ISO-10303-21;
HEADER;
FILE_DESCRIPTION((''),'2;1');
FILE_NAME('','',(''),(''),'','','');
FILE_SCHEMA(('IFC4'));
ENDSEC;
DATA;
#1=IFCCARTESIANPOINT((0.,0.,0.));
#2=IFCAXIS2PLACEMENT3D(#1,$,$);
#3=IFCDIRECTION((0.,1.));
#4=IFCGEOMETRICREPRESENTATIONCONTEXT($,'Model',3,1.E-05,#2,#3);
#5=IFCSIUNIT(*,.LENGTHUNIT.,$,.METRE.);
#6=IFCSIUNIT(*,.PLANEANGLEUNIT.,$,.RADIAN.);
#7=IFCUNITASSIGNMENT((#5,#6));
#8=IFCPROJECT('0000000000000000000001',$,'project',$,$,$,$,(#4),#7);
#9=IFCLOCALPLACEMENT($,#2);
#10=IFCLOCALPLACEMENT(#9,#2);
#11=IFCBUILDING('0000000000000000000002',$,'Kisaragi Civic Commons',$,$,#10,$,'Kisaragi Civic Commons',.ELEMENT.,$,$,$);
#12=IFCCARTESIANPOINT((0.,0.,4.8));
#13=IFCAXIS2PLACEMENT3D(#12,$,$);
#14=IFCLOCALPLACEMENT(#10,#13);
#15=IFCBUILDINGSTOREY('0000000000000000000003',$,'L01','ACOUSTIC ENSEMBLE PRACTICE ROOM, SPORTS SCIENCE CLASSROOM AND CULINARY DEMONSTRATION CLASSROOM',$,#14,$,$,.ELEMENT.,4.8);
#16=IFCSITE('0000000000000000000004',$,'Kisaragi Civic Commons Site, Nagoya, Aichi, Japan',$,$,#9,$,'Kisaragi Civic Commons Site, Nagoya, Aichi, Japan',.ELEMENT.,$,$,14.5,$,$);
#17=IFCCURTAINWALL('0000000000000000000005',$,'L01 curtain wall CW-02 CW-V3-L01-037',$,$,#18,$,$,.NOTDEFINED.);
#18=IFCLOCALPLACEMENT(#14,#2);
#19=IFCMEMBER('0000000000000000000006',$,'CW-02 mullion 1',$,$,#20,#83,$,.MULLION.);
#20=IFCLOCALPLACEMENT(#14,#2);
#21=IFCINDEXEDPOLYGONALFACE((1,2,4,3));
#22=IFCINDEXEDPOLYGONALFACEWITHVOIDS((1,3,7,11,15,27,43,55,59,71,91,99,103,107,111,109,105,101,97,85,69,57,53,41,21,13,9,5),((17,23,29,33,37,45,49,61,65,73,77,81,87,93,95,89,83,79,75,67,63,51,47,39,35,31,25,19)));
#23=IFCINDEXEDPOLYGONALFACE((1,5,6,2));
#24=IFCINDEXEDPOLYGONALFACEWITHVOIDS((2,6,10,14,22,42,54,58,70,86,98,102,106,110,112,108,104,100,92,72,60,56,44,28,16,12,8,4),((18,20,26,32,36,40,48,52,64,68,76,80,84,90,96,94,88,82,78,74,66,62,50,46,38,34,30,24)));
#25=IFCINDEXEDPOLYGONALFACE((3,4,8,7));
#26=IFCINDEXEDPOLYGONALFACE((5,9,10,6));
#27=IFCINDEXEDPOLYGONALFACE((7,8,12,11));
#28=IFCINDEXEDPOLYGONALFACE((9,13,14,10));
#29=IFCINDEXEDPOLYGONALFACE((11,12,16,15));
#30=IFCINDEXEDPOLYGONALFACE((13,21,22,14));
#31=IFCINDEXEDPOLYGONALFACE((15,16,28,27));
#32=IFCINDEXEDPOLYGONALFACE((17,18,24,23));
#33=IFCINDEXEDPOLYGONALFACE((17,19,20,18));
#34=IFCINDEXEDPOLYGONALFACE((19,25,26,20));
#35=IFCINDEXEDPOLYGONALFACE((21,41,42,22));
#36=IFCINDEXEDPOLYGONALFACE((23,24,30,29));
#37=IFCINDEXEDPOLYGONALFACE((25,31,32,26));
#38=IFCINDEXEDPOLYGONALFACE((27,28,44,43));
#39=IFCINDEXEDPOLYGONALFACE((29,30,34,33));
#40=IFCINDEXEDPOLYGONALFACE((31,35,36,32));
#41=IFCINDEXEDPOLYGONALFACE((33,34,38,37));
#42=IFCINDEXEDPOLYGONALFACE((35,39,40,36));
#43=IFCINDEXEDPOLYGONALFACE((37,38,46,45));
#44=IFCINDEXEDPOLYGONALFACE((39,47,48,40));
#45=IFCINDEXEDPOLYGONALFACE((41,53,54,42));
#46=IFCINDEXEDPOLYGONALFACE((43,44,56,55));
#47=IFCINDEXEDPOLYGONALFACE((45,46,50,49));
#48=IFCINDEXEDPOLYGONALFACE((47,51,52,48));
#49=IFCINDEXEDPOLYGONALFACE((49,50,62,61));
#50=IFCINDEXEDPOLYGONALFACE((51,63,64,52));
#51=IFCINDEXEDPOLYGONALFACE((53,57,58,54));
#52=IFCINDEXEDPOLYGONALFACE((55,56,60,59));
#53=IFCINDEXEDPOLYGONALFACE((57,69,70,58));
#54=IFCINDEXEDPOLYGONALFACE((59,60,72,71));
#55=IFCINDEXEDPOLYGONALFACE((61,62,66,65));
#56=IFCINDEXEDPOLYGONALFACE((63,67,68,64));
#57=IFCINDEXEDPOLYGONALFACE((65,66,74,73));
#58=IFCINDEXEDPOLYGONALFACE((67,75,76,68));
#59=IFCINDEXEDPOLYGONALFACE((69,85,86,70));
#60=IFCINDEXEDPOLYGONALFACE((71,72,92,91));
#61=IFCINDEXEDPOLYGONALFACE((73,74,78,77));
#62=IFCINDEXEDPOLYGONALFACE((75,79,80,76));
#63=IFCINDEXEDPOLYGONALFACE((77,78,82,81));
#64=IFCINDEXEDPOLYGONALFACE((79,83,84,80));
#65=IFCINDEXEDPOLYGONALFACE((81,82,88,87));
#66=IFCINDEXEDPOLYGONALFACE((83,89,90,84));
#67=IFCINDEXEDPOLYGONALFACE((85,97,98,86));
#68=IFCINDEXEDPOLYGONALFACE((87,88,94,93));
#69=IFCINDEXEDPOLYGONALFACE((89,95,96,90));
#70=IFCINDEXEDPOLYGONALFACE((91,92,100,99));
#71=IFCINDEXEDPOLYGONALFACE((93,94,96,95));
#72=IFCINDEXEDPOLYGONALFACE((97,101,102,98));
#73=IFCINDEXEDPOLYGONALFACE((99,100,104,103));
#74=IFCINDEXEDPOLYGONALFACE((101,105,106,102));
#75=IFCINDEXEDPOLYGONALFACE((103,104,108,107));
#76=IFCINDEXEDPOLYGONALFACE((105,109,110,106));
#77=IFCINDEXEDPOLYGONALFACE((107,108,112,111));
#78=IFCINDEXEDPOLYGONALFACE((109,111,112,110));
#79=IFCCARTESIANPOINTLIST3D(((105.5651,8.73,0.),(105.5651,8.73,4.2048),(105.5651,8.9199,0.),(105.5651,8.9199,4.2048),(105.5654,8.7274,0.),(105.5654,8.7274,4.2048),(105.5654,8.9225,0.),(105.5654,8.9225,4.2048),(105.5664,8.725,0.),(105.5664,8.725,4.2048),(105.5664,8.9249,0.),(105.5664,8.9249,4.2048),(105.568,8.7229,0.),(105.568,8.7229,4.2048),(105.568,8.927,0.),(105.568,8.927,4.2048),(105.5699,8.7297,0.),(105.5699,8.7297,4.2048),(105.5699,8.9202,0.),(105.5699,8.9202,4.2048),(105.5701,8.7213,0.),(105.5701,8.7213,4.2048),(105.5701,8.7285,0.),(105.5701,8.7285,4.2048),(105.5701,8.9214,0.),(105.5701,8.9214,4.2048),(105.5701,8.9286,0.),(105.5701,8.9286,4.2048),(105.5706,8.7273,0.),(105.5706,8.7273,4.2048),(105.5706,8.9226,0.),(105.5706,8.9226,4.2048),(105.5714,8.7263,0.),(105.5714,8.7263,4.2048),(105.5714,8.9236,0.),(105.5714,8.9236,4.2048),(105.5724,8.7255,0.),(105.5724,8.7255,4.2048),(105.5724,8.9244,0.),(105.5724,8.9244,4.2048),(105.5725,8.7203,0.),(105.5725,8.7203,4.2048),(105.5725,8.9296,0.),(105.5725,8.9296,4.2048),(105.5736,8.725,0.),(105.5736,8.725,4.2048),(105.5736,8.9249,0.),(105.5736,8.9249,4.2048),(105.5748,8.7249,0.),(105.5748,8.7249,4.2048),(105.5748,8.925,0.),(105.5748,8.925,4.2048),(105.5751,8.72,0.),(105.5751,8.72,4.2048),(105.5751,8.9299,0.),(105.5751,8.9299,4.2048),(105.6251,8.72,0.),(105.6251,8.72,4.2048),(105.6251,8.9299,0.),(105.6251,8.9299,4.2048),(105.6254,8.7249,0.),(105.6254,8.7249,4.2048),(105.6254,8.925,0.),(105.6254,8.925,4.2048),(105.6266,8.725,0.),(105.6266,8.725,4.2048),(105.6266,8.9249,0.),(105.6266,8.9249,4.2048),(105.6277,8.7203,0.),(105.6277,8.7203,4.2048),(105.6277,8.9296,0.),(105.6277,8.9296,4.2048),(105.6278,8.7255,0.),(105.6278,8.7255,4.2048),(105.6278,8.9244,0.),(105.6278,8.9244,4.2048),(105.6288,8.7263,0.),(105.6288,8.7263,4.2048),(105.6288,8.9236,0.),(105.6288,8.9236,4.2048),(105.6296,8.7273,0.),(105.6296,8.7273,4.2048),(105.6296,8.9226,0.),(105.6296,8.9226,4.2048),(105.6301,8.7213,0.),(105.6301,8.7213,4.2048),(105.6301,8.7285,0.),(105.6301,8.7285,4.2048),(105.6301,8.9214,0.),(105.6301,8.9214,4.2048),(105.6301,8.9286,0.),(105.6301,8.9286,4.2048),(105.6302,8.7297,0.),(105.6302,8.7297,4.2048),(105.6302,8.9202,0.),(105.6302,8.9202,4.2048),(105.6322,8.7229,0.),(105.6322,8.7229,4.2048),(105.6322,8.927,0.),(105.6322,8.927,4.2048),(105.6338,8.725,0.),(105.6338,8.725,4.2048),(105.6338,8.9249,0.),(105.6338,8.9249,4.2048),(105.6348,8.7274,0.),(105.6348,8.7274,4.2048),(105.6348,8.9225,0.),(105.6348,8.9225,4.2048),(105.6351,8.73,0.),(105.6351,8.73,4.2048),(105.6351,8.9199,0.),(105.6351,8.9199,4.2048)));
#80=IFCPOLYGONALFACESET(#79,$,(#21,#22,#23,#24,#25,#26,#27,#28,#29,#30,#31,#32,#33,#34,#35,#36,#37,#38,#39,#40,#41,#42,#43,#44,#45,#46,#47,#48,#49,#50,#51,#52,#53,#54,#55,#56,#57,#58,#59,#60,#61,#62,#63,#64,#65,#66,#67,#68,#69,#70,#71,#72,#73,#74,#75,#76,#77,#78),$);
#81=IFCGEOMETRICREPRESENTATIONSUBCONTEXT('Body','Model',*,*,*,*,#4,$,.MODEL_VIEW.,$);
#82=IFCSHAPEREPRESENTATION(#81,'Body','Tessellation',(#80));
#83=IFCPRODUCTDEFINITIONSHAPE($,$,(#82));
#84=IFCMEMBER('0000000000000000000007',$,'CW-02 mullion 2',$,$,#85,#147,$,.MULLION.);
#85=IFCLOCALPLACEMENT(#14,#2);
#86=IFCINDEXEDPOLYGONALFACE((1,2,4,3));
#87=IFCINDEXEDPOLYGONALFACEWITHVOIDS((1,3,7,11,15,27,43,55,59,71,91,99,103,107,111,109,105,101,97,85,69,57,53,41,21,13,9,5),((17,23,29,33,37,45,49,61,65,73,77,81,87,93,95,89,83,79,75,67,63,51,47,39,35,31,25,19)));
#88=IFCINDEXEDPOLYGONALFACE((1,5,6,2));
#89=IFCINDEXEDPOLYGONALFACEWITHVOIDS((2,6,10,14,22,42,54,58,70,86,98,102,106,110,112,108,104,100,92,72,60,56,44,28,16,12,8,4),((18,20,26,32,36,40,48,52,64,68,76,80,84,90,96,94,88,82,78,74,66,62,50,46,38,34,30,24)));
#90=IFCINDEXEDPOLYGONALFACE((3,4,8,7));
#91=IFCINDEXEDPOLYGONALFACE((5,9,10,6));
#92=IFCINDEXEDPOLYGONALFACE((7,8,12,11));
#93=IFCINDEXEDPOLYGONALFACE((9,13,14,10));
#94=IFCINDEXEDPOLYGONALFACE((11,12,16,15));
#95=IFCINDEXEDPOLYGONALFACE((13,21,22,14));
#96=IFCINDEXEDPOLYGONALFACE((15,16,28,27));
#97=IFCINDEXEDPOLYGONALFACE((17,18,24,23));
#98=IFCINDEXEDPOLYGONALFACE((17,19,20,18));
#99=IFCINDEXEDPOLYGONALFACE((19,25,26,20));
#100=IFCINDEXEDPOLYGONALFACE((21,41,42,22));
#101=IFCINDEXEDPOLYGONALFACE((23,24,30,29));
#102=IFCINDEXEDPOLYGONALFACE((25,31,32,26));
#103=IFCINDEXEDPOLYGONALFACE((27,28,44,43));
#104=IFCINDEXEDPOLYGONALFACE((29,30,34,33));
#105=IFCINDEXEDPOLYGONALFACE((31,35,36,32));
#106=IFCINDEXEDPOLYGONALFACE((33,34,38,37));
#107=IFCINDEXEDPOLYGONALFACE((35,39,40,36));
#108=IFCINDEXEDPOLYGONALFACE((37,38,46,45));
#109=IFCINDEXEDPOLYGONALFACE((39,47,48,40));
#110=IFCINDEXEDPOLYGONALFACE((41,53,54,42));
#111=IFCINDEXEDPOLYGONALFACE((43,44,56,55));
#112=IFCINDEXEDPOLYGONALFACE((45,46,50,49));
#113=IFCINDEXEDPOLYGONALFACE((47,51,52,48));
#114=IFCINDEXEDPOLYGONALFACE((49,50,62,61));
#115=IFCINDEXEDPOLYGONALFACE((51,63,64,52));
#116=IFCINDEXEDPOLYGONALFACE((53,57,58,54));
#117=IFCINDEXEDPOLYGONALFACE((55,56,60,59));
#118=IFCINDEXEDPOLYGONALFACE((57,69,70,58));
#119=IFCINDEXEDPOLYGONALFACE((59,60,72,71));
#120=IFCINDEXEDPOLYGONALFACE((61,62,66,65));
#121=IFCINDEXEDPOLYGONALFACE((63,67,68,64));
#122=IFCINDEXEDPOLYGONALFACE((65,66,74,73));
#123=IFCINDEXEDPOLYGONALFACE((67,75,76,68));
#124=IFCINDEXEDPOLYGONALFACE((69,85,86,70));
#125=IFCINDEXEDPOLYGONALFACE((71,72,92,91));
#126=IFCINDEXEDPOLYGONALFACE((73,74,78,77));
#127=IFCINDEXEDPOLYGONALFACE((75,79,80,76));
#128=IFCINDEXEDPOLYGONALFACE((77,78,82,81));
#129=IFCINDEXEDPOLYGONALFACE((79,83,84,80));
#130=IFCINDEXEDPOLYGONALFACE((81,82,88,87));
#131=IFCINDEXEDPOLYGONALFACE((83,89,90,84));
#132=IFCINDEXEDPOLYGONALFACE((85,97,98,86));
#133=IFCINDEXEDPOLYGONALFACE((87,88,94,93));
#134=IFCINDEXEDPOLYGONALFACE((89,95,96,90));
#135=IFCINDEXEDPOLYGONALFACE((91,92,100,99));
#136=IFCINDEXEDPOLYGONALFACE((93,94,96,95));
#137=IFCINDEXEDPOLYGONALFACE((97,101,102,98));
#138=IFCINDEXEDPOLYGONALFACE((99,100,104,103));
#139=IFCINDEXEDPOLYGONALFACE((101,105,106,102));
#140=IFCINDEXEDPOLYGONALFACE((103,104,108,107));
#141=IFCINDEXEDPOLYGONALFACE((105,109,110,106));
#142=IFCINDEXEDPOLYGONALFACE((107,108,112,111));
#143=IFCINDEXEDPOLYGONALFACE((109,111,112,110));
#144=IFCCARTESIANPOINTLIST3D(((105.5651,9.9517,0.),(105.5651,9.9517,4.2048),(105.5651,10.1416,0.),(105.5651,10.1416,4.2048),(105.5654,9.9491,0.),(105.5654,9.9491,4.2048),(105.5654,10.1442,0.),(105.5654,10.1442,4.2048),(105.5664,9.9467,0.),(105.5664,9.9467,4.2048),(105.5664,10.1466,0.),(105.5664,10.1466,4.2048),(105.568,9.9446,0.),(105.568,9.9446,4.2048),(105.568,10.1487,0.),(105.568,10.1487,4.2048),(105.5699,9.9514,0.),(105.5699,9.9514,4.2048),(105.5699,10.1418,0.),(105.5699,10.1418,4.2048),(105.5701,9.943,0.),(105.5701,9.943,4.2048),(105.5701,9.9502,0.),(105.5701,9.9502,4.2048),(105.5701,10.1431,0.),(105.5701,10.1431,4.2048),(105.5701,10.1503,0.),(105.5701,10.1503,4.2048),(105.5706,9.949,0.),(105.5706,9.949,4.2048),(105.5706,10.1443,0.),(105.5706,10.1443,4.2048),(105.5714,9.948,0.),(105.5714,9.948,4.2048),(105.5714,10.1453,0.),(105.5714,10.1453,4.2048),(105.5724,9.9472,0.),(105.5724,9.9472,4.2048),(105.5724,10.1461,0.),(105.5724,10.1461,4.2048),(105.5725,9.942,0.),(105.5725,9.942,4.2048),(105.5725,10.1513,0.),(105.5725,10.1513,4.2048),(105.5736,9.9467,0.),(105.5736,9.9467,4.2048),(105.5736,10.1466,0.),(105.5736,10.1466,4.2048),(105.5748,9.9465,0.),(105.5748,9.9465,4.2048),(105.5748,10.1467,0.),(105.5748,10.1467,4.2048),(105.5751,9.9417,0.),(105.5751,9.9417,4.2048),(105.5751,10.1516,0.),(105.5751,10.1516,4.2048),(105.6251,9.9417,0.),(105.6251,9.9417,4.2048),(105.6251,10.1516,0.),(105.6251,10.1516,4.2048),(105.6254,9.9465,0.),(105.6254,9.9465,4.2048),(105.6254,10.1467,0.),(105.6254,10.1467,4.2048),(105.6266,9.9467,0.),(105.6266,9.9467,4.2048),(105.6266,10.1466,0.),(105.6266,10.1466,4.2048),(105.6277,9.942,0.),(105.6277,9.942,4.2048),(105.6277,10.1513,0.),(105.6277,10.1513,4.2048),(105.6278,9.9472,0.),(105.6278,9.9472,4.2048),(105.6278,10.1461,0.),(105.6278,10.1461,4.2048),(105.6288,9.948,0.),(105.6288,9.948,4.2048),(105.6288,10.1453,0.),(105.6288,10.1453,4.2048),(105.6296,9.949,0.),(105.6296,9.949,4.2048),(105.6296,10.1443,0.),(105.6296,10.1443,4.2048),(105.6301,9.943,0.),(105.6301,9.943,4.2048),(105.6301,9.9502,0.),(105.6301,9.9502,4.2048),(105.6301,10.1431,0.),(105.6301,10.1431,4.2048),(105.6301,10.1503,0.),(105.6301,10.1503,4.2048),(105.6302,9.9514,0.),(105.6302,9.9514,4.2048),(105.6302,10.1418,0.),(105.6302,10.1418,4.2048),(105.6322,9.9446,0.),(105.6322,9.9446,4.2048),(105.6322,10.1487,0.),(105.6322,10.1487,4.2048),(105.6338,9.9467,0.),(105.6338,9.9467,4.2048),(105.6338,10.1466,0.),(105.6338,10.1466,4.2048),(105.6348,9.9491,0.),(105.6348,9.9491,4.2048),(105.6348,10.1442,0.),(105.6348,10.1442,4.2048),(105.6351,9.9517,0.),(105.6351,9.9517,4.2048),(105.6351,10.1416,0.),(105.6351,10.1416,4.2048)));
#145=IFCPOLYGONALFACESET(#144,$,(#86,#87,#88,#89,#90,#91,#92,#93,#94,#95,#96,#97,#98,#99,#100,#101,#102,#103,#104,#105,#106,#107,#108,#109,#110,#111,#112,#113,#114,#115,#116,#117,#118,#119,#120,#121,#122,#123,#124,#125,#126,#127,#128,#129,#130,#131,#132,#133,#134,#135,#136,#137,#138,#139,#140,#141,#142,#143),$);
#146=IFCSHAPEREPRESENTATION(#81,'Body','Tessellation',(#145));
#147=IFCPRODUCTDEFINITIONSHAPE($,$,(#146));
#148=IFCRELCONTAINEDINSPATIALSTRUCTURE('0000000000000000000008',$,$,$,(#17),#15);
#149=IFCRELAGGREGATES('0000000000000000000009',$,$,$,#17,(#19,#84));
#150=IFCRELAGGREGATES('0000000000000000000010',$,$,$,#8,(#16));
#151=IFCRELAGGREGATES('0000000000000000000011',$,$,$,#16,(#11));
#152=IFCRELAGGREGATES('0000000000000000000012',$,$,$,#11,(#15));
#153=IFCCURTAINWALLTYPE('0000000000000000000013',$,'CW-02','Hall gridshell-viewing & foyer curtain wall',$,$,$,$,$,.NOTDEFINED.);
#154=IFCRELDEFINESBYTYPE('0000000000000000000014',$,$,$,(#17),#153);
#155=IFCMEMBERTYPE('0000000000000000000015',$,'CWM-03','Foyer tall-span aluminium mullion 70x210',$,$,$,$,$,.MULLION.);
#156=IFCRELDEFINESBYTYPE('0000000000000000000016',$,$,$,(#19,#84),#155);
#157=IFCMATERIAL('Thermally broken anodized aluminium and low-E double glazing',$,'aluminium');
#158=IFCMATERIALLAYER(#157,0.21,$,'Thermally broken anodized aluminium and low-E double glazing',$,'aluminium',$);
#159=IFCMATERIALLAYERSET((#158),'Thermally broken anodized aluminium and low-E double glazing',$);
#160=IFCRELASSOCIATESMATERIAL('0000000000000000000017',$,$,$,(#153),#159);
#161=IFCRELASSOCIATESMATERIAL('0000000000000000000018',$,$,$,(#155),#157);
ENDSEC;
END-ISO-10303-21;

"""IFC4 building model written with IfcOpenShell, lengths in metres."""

from ifc_helpers import new_model, si_unit, direction, frame, origin, origin_2d, place, context, subcontext, project, spatial, hollow_rectangle, extrude, material, layer, layer_set, material_profile, profile_set, type_object, element, aggregate, save


model = new_model("IFC4")

# Units and contexts
model_context = context("Model", 3, precision=1e-05, world=origin(), true_north=direction((0.0, 1.0)))
body_context = subcontext(model_context, "Body", "Model", "MODEL_VIEW")
ifc_project = project(units=[si_unit("LENGTHUNIT", "METRE"), si_unit("PLANEANGLEUNIT", "RADIAN")], contexts=[model_context])

# Site, building, storey
site_placement = place(None, origin())
site = spatial("IfcSite", under=ifc_project, at=site_placement, Name="Kisaragi Civic Commons Site, Nagoya, Aichi, Japan", LongName="Kisaragi Civic Commons Site, Nagoya, Aichi, Japan", CompositionType="ELEMENT", RefElevation=14.5)
building_placement = place(site_placement, origin())
building = spatial("IfcBuilding", under=site, at=building_placement, Name="Kisaragi Civic Commons", LongName="Kisaragi Civic Commons", CompositionType="ELEMENT")
storey_placement = place(building_placement, frame((0.0, 0.0, 4.8)))
storey = spatial("IfcBuildingStorey", under=building, at=storey_placement, Name="L01", Description="ACOUSTIC ENSEMBLE PRACTICE ROOM, SPORTS SCIENCE CLASSROOM AND CULINARY DEMONSTRATION CLASSROOM", CompositionType="ELEMENT", Elevation=4.8)

# Curtain wall, members
ifc_material = material(Name="Thermally broken anodized aluminium and low-E double glazing", Category="aluminium")
ifc_layer_1 = layer(ifc_material, 0.21, Name="Thermally broken anodized aluminium and low-E double glazing", Category="aluminium")
ifc_layer_set_1 = layer_set([ifc_layer_1], Name="Thermally broken anodized aluminium and low-E double glazing")
curtain_wall_type = type_object("IfcCurtainWallType", Name="CW-02", Description="Hall gridshell-viewing & foyer curtain wall", PredefinedType="NOTDEFINED", material=ifc_layer_set_1)
curtain_wall_placement = place(storey_placement, origin())
curtain_wall = element("IfcCurtainWall", 1, at=curtain_wall_placement, inside=storey, type_object=curtain_wall_type, Name="L01 curtain wall CW-02 CW-V3-L01-037", PredefinedType="NOTDEFINED")
ifc_material_profile_1 = material_profile(ifc_material, hollow_rectangle(XDim=0.0701, YDim=0.21, WallThickness=0.0049, InnerFilletRadius=0.0049, OuterFilletRadius=0.01, at=origin_2d()), Name="CWM-70x210x5", Category="aluminium")
ifc_profile_set_1 = profile_set([ifc_material_profile_1], Name="Thermally broken anodized aluminium and low-E double glazing")
member_type_1 = type_object("IfcMemberType", Name="CWM-03", Description="Foyer tall-span aluminium mullion 70x210", PredefinedType="MULLION", material=ifc_profile_set_1)
member_1_placement = place(storey_placement, frame((105.6001, 8.825, 0.0), z_axis=(0.0, 0.0, 1.0), x_axis=(-1.0, 0.0, 0.0)))
member_1 = element("IfcMember", 2, at=member_1_placement, type_object=member_type_1, Name="CW-02 mullion 1", PredefinedType="MULLION", context=body_context, shape_type="SweptSolid", body=[
    extrude(hollow_rectangle(XDim=0.0701, YDim=0.21, WallThickness=0.0049, InnerFilletRadius=0.0049, OuterFilletRadius=0.01, at=origin_2d()), origin(), (0.0, 0.0, 1.0), 4.2048),
])
member_2_placement = place(storey_placement, frame((105.6001, 10.0466, 0.0), z_axis=(0.0, 0.0, 1.0), x_axis=(-1.0, 0.0, 0.0)))
member_2 = element("IfcMember", 3, at=member_2_placement, type_object=member_type_1, Name="CW-02 mullion 2", PredefinedType="MULLION", context=body_context, shape_type="SweptSolid", body=[
    extrude(hollow_rectangle(XDim=0.0701, YDim=0.21, WallThickness=0.0049, InnerFilletRadius=0.0049, OuterFilletRadius=0.01, at=origin_2d()), origin(), (0.0, 0.0, 1.0), 4.2048),
])
aggregate(curtain_wall, [member_1, member_2])

save(model, "model.ifc")
